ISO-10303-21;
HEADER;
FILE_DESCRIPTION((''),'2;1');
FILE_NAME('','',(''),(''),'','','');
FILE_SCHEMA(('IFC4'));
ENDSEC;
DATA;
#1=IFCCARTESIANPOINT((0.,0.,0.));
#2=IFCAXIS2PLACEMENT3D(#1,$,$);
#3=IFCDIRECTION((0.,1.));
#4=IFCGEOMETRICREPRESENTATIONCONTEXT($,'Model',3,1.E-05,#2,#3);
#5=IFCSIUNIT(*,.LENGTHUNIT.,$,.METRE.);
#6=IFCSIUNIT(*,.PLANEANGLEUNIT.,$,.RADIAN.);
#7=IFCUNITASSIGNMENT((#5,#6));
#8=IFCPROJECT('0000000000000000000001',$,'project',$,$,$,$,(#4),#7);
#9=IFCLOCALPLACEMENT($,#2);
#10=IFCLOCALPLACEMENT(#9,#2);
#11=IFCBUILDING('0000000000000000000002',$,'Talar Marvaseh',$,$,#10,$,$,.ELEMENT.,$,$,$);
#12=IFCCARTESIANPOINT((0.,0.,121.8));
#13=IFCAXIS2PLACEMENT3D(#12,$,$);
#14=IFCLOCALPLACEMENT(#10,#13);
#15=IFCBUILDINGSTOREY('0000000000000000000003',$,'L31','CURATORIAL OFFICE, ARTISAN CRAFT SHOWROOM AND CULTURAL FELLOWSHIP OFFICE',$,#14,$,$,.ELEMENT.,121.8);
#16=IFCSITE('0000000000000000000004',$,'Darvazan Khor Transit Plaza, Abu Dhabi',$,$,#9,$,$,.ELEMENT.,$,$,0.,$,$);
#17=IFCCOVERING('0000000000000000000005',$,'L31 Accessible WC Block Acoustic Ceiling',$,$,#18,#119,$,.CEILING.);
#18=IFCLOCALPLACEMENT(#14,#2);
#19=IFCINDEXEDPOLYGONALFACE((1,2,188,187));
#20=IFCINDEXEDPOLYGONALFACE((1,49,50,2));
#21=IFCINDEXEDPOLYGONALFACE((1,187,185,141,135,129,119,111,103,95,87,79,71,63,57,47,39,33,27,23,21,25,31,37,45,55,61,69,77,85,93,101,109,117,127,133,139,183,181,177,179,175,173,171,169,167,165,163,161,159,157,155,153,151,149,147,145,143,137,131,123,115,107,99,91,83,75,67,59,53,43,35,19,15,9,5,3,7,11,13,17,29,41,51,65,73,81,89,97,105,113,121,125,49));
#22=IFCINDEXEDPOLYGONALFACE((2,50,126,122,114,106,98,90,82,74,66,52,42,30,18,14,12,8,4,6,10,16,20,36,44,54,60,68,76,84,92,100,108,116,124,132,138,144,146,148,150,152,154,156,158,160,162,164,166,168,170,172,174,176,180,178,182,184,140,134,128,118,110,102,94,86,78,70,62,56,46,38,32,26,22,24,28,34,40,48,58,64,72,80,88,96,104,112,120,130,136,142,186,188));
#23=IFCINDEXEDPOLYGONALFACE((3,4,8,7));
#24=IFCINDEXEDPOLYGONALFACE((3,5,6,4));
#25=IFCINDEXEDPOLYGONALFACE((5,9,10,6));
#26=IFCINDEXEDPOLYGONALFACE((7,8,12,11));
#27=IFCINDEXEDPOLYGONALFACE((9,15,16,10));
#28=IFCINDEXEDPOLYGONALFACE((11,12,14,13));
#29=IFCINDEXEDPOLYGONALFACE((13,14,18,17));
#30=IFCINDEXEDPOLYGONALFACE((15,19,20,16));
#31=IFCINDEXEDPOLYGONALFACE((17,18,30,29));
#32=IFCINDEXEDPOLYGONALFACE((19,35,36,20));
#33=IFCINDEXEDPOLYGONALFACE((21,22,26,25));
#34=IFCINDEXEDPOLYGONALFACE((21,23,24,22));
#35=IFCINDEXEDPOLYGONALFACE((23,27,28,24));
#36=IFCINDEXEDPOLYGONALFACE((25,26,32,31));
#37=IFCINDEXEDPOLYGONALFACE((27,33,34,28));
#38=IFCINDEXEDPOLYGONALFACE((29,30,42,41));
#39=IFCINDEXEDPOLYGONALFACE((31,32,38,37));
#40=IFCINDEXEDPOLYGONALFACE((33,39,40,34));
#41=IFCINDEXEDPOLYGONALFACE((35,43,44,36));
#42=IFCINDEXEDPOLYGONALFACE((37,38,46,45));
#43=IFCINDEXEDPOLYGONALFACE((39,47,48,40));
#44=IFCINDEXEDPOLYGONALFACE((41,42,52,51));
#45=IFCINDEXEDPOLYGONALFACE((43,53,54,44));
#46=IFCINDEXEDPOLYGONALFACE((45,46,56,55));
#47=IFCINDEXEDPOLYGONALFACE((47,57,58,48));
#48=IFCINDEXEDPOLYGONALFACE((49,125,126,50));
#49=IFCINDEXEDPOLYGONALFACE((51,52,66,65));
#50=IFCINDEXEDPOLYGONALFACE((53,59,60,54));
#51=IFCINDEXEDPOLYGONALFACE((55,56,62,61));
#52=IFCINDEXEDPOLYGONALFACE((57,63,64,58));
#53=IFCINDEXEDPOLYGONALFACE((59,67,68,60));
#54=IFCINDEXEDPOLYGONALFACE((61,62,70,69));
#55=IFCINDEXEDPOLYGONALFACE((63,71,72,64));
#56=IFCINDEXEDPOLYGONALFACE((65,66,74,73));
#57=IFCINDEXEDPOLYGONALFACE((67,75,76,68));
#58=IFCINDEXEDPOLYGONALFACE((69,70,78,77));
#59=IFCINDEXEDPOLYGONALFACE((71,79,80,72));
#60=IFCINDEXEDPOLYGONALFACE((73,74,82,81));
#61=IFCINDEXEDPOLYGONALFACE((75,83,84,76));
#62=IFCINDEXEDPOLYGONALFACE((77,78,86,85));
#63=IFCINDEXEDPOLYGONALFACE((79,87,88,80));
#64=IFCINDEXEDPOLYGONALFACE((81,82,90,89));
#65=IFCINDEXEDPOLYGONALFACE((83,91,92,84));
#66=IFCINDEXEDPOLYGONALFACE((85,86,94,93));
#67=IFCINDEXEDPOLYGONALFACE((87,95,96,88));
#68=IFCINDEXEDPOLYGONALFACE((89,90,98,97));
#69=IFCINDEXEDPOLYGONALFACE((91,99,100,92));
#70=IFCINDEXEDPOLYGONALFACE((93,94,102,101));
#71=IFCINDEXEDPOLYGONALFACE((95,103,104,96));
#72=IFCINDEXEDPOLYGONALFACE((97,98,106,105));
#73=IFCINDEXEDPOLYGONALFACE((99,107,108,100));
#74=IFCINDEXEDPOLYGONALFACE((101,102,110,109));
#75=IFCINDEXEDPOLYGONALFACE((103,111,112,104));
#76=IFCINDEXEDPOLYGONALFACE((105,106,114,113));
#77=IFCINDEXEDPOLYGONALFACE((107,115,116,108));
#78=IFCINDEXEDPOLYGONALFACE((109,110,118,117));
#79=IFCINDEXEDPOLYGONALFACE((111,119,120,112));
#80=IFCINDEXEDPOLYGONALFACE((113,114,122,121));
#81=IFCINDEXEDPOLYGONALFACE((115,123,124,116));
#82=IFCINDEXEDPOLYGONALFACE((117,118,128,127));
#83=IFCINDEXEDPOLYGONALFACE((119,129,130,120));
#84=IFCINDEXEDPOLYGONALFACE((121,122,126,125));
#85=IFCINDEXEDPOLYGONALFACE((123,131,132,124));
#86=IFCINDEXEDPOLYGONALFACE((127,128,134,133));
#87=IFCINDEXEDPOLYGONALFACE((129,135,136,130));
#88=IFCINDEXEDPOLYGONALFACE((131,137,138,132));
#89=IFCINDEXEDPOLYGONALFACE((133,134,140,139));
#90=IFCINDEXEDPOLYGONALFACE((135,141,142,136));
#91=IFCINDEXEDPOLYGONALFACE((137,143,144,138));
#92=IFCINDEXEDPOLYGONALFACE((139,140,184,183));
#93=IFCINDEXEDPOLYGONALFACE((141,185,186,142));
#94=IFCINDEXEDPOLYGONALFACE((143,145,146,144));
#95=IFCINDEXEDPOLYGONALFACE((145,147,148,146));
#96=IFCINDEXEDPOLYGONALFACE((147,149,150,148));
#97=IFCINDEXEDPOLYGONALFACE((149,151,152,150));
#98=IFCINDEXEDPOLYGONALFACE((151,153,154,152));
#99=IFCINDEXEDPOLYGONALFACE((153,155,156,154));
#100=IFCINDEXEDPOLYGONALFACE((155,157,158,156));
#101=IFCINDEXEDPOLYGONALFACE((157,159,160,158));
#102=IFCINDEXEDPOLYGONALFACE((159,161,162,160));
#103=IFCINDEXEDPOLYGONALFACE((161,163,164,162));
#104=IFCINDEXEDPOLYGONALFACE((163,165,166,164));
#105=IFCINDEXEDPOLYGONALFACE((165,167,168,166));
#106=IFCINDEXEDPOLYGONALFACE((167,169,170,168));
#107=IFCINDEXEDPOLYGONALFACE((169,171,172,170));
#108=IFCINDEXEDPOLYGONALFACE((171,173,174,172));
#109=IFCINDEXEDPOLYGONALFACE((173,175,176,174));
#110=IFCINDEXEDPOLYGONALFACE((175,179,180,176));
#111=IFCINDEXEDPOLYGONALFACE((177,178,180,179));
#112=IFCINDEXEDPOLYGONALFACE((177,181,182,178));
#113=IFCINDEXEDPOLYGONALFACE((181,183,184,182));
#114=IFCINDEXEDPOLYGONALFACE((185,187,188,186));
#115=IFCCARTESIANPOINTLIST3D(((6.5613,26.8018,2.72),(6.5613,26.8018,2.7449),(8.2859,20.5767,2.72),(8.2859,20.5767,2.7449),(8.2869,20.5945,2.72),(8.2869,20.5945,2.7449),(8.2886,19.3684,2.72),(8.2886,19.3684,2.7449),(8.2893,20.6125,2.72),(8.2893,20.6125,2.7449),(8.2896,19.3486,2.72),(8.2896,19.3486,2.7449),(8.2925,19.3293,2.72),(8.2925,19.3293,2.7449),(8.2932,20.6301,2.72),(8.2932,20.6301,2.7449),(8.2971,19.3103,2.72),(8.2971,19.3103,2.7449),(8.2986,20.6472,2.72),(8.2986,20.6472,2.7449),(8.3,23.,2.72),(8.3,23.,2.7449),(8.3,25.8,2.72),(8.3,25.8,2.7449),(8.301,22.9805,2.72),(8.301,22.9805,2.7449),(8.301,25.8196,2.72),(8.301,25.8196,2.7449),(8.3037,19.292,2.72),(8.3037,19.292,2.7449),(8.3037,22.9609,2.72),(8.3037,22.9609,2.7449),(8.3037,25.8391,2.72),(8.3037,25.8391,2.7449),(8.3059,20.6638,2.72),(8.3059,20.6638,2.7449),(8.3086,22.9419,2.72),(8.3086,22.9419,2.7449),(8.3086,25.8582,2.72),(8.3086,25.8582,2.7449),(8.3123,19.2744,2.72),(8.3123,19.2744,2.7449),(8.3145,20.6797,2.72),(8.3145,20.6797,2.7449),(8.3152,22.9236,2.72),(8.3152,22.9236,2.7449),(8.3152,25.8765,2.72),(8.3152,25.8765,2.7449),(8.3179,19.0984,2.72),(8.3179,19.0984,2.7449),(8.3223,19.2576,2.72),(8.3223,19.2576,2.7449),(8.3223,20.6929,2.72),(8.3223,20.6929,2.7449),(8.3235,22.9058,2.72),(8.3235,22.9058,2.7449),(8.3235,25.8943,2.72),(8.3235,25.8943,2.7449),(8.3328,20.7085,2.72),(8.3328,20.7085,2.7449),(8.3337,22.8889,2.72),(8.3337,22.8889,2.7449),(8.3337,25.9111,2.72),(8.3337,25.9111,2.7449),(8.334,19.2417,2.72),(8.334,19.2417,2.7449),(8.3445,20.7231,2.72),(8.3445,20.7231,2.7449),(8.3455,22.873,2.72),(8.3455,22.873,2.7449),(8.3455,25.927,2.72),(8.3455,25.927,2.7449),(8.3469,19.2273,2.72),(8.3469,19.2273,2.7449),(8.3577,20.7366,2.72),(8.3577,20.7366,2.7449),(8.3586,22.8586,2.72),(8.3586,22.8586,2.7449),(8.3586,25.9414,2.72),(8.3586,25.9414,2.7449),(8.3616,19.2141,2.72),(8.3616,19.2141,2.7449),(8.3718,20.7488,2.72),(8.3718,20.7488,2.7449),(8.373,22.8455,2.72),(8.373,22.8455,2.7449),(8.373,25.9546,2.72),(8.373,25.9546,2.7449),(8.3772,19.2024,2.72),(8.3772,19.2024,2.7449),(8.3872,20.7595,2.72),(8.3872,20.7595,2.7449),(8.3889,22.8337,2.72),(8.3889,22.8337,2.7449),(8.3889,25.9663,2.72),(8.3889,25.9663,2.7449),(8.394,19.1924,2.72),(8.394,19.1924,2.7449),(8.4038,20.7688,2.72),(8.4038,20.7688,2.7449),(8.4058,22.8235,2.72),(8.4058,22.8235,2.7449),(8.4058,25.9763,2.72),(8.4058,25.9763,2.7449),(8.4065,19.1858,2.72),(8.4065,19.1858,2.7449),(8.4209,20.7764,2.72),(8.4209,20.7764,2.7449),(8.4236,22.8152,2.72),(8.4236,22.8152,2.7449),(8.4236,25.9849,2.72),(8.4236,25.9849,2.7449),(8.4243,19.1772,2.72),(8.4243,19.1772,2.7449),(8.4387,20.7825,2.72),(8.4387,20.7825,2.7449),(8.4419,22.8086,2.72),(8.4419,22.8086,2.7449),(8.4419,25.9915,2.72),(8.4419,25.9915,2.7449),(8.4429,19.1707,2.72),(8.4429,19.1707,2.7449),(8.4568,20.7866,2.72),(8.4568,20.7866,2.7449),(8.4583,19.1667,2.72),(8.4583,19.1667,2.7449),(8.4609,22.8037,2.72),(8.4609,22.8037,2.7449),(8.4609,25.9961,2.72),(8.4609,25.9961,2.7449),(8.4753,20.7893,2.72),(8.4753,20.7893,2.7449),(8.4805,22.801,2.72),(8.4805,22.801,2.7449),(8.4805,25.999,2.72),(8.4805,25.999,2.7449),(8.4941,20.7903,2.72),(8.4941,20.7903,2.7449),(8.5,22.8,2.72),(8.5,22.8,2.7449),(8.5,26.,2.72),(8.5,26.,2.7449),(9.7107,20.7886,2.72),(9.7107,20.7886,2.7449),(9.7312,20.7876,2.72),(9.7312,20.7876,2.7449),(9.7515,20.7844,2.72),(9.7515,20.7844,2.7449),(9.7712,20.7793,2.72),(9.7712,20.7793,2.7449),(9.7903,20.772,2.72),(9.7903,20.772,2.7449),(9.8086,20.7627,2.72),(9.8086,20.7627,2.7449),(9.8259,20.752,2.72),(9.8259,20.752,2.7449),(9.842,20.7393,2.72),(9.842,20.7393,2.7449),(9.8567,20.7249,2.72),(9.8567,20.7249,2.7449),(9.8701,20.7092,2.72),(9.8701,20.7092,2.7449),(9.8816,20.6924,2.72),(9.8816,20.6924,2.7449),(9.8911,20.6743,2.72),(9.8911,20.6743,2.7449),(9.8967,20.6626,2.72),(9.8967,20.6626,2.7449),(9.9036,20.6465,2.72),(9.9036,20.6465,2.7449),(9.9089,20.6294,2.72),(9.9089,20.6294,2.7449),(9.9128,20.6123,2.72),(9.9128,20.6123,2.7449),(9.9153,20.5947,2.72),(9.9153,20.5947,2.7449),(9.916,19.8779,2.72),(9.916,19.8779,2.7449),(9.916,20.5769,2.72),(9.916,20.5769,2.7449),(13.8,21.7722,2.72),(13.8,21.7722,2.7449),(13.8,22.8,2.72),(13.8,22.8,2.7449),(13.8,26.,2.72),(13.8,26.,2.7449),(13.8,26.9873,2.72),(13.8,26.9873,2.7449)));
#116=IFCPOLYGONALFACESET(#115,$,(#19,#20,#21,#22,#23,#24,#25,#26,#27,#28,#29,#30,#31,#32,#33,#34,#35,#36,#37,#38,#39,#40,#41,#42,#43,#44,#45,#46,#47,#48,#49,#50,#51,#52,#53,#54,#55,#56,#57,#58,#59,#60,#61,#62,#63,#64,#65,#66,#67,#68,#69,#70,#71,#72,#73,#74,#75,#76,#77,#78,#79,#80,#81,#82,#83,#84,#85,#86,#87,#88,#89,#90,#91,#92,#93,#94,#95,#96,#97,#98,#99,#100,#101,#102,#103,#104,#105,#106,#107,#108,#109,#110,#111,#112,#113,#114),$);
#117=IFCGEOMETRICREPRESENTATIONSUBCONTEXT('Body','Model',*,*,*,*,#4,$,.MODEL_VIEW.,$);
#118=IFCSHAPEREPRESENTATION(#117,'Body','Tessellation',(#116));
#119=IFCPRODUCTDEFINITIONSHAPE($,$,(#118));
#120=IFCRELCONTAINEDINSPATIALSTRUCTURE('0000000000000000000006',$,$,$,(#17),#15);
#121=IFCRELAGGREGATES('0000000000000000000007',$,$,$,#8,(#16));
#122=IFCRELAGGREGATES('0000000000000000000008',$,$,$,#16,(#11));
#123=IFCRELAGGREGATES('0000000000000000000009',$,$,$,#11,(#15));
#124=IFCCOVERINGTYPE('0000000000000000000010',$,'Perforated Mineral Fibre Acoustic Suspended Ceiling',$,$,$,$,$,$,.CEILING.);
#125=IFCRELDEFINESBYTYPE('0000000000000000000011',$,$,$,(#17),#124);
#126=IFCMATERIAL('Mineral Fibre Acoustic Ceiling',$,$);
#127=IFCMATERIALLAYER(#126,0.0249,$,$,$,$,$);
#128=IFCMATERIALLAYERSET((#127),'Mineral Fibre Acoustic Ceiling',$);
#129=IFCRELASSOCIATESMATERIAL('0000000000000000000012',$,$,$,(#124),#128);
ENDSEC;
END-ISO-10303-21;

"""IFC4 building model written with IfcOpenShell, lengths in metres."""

from ifc_helpers import new_model, si_unit, direction, frame, origin, place, context, subcontext, project, spatial, polyline, outline, extrude, material, layer, layer_set, type_object, element, save


model = new_model("IFC4")

# Units and contexts
model_context = context("Model", 3, precision=1e-05, world=origin(), true_north=direction((0.0, 1.0)))
body_context = subcontext(model_context, "Body", "Model", "MODEL_VIEW")
ifc_project = project(units=[si_unit("LENGTHUNIT", "METRE"), si_unit("PLANEANGLEUNIT", "RADIAN")], contexts=[model_context])

# Site, building, storey
site_placement = place(None, origin())
site = spatial("IfcSite", under=ifc_project, at=site_placement, Name="Darvazan Khor Transit Plaza, Abu Dhabi", CompositionType="ELEMENT", RefElevation=0.0)
building_placement = place(site_placement, origin())
building = spatial("IfcBuilding", under=site, at=building_placement, Name="Talar Marvaseh", CompositionType="ELEMENT")
storey_placement = place(building_placement, frame((0.0, 0.0, 121.8)))
storey = spatial("IfcBuildingStorey", under=building, at=storey_placement, Name="L31", Description="CURATORIAL OFFICE, ARTISAN CRAFT SHOWROOM AND CULTURAL FELLOWSHIP OFFICE", CompositionType="ELEMENT", Elevation=121.8)

# Covering
ifc_material_1 = material(Name="Mineral Fibre Acoustic Ceiling")
ifc_layer_1 = layer(ifc_material_1, 0.0249)
ifc_layer_set_1 = layer_set([ifc_layer_1], Name="Mineral Fibre Acoustic Ceiling")
covering_type_1 = type_object("IfcCoveringType", Name="Perforated Mineral Fibre Acoustic Suspended Ceiling", PredefinedType="CEILING", material=ifc_layer_set_1)
covering_1_placement = place(storey_placement, frame((0.0, 0.0, 2.72)))
element("IfcCovering", 1, at=covering_1_placement, inside=storey, type_object=covering_type_1, Name="L31 Accessible WC Block Acoustic Ceiling", PredefinedType="CEILING", context=body_context, shape_type="SweptSolid", body=[
    extrude(outline(polyline([(6.5613, 26.8018), (13.8, 26.9873), (13.8, 26.0), (8.5, 26.0), (8.4805, 25.999), (8.4609, 25.9961), (8.4419, 25.9915), (8.4236, 25.9849), (8.4058, 25.9763), (8.3889, 25.9663), (8.373, 25.9546), (8.3586, 25.9414), (8.3455, 25.927), (8.3337, 25.9111), (8.3235, 25.8943), (8.3152, 25.8765), (8.3086, 25.8582), (8.3037, 25.8391), (8.301, 25.8196), (8.3, 25.8), (8.3, 23.0), (8.301, 22.9805), (8.3037, 22.9609), (8.3086, 22.9419), (8.3152, 22.9236), (8.3235, 22.9058), (8.3337, 22.8889), (8.3455, 22.873), (8.3586, 22.8586), (8.373, 22.8455), (8.3889, 22.8337), (8.4058, 22.8235), (8.4236, 22.8152), (8.4419, 22.8086), (8.4609, 22.8037), (8.4805, 22.801), (8.5, 22.8), (13.8, 22.8), (13.8, 21.7722), (9.916, 19.8779), (9.916, 20.5769), (9.9153, 20.5947), (9.9128, 20.6123), (9.9089, 20.6294), (9.9036, 20.6465), (9.8967, 20.6626), (9.8911, 20.6743), (9.8816, 20.6924), (9.8701, 20.7092), (9.8567, 20.7249), (9.842, 20.7393), (9.8259, 20.752), (9.8086, 20.7627), (9.7903, 20.772), (9.7712, 20.7793), (9.7515, 20.7844), (9.7312, 20.7876), (9.7107, 20.7886), (8.4941, 20.7903), (8.4753, 20.7893), (8.4568, 20.7866), (8.4387, 20.7825), (8.4209, 20.7764), (8.4038, 20.7688), (8.3872, 20.7595), (8.3718, 20.7488), (8.3577, 20.7366), (8.3445, 20.7231), (8.3328, 20.7085), (8.3223, 20.6929), (8.3145, 20.6797), (8.3059, 20.6638), (8.2986, 20.6472), (8.2932, 20.6301), (8.2893, 20.6125), (8.2869, 20.5945), (8.2859, 20.5767), (8.2886, 19.3684), (8.2896, 19.3486), (8.2925, 19.3293), (8.2971, 19.3103), (8.3037, 19.292), (8.3123, 19.2744), (8.3223, 19.2576), (8.334, 19.2417), (8.3469, 19.2273), (8.3616, 19.2141), (8.3772, 19.2024), (8.394, 19.1924), (8.4065, 19.1858), (8.4243, 19.1772), (8.4429, 19.1707), (8.4583, 19.1667), (8.3179, 19.0984), (6.5613, 26.8018)])), origin(), (0.0, 0.0, 1.0), 0.0249),
])

save(model, "model.ifc")
